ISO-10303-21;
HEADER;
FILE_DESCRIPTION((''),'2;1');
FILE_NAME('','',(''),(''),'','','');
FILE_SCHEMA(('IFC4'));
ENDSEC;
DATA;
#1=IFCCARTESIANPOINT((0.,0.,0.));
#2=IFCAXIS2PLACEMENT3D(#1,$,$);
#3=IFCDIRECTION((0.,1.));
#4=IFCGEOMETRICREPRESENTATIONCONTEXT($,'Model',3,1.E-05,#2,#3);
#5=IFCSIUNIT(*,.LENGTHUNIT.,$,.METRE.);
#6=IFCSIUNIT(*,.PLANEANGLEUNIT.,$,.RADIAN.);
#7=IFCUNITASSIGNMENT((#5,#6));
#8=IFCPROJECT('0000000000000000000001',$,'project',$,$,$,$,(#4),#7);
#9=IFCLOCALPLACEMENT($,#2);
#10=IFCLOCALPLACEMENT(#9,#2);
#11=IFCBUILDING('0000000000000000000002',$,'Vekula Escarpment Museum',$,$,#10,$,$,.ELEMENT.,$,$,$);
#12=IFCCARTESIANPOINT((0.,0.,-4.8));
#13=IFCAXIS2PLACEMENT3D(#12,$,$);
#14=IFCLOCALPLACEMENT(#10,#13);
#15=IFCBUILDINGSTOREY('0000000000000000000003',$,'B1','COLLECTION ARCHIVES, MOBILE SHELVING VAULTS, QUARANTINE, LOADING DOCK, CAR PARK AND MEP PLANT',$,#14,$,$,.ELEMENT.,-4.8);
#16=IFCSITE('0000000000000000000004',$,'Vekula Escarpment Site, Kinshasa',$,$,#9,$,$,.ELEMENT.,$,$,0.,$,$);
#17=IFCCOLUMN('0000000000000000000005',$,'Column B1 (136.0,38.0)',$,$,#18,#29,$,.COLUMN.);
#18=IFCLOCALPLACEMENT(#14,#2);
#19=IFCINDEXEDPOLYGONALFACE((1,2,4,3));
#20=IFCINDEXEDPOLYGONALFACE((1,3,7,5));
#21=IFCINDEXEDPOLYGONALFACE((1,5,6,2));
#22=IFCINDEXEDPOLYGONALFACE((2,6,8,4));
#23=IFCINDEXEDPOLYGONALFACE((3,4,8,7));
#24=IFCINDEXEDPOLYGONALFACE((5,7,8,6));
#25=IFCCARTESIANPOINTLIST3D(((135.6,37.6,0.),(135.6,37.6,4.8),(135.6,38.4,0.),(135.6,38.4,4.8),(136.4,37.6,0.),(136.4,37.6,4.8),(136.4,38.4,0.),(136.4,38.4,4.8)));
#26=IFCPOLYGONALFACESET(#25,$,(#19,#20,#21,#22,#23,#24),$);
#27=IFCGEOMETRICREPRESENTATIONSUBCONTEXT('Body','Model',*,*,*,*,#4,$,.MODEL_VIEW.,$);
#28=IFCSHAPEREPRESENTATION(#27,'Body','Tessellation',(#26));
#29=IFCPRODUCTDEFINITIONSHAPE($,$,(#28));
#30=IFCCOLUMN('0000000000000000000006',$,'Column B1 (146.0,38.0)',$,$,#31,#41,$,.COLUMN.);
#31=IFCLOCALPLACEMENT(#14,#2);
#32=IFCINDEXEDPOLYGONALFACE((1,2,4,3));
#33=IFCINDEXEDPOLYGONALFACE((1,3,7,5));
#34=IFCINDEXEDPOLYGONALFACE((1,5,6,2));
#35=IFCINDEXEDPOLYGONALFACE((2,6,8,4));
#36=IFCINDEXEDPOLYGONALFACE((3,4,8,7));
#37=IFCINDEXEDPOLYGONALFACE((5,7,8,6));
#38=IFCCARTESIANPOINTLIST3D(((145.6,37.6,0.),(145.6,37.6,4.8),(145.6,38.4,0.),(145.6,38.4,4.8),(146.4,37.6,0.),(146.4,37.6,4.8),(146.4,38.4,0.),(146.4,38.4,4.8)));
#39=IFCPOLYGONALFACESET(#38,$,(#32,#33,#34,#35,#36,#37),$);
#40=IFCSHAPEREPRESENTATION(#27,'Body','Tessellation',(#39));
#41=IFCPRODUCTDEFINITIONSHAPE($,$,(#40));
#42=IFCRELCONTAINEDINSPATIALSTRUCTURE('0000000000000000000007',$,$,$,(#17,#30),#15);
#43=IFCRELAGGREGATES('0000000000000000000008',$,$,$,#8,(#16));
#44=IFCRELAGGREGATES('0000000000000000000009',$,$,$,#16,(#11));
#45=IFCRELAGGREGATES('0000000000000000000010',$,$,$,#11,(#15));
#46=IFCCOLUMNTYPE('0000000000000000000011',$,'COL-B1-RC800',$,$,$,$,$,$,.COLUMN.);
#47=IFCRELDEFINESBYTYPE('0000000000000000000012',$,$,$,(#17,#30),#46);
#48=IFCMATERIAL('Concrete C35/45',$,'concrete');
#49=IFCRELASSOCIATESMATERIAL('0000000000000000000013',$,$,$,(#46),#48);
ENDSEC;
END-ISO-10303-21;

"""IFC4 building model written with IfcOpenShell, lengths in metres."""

from ifc_helpers import new_model, si_unit, direction, frame, origin, origin_2d, place, context, subcontext, project, spatial, rectangle, extrude, material, material_profile, profile_set, type_object, element, save


model = new_model("IFC4")

# Units and contexts
model_context = context("Model", 3, precision=1e-05, world=origin(), true_north=direction((0.0, 1.0)))
body_context = subcontext(model_context, "Body", "Model", "MODEL_VIEW")
ifc_project = project(units=[si_unit("LENGTHUNIT", "METRE"), si_unit("PLANEANGLEUNIT", "RADIAN")], contexts=[model_context])

# Site, building, storey
site_placement = place(None, origin())
site = spatial("IfcSite", under=ifc_project, at=site_placement, Name="Vekula Escarpment Site, Kinshasa", CompositionType="ELEMENT", RefElevation=0.0)
building_placement = place(site_placement, origin())
building = spatial("IfcBuilding", under=site, at=building_placement, Name="Vekula Escarpment Museum", CompositionType="ELEMENT")
storey_placement = place(building_placement, frame((0.0, 0.0, -4.8)))
storey = spatial("IfcBuildingStorey", under=building, at=storey_placement, Name="B1", Description="COLLECTION ARCHIVES, MOBILE SHELVING VAULTS, QUARANTINE, LOADING DOCK, CAR PARK AND MEP PLANT", CompositionType="ELEMENT", Elevation=-4.8)

# Columns
ifc_material_1 = material(Name="Concrete C35/45", Category="concrete")
ifc_material_profile_1 = material_profile(ifc_material_1, rectangle(XDim=0.8, YDim=0.8, at=origin_2d()), Name="RC 800x800")
ifc_profile_set_1 = profile_set([ifc_material_profile_1], Name="Concrete C35/45")
column_type_1 = type_object("IfcColumnType", Name="COL-B1-RC800", PredefinedType="COLUMN", material=ifc_profile_set_1)
for number, where, z_axis, x_axis, name in (
    (1, (136.0, 38.0, 0.0), (0.0, 0.0, 1.0), (1.0, 0.0, 0.0), "Column B1 (136.0,38.0)"),
    (2, (146.0, 38.0, 0.0), (0.0, 0.0, 1.0), (1.0, 0.0, 0.0), "Column B1 (146.0,38.0)"),
):
    element("IfcColumn", number, at=place(storey_placement, frame(where, z_axis=z_axis, x_axis=x_axis)), inside=storey, type_object=column_type_1, Name=name, PredefinedType="COLUMN", context=body_context, shape_type="SweptSolid", body=[
        extrude(rectangle(XDim=0.8, YDim=0.8, at=origin_2d()), origin(), (0.0, 0.0, 1.0), 4.8),
    ])

save(model, "model.ifc")
